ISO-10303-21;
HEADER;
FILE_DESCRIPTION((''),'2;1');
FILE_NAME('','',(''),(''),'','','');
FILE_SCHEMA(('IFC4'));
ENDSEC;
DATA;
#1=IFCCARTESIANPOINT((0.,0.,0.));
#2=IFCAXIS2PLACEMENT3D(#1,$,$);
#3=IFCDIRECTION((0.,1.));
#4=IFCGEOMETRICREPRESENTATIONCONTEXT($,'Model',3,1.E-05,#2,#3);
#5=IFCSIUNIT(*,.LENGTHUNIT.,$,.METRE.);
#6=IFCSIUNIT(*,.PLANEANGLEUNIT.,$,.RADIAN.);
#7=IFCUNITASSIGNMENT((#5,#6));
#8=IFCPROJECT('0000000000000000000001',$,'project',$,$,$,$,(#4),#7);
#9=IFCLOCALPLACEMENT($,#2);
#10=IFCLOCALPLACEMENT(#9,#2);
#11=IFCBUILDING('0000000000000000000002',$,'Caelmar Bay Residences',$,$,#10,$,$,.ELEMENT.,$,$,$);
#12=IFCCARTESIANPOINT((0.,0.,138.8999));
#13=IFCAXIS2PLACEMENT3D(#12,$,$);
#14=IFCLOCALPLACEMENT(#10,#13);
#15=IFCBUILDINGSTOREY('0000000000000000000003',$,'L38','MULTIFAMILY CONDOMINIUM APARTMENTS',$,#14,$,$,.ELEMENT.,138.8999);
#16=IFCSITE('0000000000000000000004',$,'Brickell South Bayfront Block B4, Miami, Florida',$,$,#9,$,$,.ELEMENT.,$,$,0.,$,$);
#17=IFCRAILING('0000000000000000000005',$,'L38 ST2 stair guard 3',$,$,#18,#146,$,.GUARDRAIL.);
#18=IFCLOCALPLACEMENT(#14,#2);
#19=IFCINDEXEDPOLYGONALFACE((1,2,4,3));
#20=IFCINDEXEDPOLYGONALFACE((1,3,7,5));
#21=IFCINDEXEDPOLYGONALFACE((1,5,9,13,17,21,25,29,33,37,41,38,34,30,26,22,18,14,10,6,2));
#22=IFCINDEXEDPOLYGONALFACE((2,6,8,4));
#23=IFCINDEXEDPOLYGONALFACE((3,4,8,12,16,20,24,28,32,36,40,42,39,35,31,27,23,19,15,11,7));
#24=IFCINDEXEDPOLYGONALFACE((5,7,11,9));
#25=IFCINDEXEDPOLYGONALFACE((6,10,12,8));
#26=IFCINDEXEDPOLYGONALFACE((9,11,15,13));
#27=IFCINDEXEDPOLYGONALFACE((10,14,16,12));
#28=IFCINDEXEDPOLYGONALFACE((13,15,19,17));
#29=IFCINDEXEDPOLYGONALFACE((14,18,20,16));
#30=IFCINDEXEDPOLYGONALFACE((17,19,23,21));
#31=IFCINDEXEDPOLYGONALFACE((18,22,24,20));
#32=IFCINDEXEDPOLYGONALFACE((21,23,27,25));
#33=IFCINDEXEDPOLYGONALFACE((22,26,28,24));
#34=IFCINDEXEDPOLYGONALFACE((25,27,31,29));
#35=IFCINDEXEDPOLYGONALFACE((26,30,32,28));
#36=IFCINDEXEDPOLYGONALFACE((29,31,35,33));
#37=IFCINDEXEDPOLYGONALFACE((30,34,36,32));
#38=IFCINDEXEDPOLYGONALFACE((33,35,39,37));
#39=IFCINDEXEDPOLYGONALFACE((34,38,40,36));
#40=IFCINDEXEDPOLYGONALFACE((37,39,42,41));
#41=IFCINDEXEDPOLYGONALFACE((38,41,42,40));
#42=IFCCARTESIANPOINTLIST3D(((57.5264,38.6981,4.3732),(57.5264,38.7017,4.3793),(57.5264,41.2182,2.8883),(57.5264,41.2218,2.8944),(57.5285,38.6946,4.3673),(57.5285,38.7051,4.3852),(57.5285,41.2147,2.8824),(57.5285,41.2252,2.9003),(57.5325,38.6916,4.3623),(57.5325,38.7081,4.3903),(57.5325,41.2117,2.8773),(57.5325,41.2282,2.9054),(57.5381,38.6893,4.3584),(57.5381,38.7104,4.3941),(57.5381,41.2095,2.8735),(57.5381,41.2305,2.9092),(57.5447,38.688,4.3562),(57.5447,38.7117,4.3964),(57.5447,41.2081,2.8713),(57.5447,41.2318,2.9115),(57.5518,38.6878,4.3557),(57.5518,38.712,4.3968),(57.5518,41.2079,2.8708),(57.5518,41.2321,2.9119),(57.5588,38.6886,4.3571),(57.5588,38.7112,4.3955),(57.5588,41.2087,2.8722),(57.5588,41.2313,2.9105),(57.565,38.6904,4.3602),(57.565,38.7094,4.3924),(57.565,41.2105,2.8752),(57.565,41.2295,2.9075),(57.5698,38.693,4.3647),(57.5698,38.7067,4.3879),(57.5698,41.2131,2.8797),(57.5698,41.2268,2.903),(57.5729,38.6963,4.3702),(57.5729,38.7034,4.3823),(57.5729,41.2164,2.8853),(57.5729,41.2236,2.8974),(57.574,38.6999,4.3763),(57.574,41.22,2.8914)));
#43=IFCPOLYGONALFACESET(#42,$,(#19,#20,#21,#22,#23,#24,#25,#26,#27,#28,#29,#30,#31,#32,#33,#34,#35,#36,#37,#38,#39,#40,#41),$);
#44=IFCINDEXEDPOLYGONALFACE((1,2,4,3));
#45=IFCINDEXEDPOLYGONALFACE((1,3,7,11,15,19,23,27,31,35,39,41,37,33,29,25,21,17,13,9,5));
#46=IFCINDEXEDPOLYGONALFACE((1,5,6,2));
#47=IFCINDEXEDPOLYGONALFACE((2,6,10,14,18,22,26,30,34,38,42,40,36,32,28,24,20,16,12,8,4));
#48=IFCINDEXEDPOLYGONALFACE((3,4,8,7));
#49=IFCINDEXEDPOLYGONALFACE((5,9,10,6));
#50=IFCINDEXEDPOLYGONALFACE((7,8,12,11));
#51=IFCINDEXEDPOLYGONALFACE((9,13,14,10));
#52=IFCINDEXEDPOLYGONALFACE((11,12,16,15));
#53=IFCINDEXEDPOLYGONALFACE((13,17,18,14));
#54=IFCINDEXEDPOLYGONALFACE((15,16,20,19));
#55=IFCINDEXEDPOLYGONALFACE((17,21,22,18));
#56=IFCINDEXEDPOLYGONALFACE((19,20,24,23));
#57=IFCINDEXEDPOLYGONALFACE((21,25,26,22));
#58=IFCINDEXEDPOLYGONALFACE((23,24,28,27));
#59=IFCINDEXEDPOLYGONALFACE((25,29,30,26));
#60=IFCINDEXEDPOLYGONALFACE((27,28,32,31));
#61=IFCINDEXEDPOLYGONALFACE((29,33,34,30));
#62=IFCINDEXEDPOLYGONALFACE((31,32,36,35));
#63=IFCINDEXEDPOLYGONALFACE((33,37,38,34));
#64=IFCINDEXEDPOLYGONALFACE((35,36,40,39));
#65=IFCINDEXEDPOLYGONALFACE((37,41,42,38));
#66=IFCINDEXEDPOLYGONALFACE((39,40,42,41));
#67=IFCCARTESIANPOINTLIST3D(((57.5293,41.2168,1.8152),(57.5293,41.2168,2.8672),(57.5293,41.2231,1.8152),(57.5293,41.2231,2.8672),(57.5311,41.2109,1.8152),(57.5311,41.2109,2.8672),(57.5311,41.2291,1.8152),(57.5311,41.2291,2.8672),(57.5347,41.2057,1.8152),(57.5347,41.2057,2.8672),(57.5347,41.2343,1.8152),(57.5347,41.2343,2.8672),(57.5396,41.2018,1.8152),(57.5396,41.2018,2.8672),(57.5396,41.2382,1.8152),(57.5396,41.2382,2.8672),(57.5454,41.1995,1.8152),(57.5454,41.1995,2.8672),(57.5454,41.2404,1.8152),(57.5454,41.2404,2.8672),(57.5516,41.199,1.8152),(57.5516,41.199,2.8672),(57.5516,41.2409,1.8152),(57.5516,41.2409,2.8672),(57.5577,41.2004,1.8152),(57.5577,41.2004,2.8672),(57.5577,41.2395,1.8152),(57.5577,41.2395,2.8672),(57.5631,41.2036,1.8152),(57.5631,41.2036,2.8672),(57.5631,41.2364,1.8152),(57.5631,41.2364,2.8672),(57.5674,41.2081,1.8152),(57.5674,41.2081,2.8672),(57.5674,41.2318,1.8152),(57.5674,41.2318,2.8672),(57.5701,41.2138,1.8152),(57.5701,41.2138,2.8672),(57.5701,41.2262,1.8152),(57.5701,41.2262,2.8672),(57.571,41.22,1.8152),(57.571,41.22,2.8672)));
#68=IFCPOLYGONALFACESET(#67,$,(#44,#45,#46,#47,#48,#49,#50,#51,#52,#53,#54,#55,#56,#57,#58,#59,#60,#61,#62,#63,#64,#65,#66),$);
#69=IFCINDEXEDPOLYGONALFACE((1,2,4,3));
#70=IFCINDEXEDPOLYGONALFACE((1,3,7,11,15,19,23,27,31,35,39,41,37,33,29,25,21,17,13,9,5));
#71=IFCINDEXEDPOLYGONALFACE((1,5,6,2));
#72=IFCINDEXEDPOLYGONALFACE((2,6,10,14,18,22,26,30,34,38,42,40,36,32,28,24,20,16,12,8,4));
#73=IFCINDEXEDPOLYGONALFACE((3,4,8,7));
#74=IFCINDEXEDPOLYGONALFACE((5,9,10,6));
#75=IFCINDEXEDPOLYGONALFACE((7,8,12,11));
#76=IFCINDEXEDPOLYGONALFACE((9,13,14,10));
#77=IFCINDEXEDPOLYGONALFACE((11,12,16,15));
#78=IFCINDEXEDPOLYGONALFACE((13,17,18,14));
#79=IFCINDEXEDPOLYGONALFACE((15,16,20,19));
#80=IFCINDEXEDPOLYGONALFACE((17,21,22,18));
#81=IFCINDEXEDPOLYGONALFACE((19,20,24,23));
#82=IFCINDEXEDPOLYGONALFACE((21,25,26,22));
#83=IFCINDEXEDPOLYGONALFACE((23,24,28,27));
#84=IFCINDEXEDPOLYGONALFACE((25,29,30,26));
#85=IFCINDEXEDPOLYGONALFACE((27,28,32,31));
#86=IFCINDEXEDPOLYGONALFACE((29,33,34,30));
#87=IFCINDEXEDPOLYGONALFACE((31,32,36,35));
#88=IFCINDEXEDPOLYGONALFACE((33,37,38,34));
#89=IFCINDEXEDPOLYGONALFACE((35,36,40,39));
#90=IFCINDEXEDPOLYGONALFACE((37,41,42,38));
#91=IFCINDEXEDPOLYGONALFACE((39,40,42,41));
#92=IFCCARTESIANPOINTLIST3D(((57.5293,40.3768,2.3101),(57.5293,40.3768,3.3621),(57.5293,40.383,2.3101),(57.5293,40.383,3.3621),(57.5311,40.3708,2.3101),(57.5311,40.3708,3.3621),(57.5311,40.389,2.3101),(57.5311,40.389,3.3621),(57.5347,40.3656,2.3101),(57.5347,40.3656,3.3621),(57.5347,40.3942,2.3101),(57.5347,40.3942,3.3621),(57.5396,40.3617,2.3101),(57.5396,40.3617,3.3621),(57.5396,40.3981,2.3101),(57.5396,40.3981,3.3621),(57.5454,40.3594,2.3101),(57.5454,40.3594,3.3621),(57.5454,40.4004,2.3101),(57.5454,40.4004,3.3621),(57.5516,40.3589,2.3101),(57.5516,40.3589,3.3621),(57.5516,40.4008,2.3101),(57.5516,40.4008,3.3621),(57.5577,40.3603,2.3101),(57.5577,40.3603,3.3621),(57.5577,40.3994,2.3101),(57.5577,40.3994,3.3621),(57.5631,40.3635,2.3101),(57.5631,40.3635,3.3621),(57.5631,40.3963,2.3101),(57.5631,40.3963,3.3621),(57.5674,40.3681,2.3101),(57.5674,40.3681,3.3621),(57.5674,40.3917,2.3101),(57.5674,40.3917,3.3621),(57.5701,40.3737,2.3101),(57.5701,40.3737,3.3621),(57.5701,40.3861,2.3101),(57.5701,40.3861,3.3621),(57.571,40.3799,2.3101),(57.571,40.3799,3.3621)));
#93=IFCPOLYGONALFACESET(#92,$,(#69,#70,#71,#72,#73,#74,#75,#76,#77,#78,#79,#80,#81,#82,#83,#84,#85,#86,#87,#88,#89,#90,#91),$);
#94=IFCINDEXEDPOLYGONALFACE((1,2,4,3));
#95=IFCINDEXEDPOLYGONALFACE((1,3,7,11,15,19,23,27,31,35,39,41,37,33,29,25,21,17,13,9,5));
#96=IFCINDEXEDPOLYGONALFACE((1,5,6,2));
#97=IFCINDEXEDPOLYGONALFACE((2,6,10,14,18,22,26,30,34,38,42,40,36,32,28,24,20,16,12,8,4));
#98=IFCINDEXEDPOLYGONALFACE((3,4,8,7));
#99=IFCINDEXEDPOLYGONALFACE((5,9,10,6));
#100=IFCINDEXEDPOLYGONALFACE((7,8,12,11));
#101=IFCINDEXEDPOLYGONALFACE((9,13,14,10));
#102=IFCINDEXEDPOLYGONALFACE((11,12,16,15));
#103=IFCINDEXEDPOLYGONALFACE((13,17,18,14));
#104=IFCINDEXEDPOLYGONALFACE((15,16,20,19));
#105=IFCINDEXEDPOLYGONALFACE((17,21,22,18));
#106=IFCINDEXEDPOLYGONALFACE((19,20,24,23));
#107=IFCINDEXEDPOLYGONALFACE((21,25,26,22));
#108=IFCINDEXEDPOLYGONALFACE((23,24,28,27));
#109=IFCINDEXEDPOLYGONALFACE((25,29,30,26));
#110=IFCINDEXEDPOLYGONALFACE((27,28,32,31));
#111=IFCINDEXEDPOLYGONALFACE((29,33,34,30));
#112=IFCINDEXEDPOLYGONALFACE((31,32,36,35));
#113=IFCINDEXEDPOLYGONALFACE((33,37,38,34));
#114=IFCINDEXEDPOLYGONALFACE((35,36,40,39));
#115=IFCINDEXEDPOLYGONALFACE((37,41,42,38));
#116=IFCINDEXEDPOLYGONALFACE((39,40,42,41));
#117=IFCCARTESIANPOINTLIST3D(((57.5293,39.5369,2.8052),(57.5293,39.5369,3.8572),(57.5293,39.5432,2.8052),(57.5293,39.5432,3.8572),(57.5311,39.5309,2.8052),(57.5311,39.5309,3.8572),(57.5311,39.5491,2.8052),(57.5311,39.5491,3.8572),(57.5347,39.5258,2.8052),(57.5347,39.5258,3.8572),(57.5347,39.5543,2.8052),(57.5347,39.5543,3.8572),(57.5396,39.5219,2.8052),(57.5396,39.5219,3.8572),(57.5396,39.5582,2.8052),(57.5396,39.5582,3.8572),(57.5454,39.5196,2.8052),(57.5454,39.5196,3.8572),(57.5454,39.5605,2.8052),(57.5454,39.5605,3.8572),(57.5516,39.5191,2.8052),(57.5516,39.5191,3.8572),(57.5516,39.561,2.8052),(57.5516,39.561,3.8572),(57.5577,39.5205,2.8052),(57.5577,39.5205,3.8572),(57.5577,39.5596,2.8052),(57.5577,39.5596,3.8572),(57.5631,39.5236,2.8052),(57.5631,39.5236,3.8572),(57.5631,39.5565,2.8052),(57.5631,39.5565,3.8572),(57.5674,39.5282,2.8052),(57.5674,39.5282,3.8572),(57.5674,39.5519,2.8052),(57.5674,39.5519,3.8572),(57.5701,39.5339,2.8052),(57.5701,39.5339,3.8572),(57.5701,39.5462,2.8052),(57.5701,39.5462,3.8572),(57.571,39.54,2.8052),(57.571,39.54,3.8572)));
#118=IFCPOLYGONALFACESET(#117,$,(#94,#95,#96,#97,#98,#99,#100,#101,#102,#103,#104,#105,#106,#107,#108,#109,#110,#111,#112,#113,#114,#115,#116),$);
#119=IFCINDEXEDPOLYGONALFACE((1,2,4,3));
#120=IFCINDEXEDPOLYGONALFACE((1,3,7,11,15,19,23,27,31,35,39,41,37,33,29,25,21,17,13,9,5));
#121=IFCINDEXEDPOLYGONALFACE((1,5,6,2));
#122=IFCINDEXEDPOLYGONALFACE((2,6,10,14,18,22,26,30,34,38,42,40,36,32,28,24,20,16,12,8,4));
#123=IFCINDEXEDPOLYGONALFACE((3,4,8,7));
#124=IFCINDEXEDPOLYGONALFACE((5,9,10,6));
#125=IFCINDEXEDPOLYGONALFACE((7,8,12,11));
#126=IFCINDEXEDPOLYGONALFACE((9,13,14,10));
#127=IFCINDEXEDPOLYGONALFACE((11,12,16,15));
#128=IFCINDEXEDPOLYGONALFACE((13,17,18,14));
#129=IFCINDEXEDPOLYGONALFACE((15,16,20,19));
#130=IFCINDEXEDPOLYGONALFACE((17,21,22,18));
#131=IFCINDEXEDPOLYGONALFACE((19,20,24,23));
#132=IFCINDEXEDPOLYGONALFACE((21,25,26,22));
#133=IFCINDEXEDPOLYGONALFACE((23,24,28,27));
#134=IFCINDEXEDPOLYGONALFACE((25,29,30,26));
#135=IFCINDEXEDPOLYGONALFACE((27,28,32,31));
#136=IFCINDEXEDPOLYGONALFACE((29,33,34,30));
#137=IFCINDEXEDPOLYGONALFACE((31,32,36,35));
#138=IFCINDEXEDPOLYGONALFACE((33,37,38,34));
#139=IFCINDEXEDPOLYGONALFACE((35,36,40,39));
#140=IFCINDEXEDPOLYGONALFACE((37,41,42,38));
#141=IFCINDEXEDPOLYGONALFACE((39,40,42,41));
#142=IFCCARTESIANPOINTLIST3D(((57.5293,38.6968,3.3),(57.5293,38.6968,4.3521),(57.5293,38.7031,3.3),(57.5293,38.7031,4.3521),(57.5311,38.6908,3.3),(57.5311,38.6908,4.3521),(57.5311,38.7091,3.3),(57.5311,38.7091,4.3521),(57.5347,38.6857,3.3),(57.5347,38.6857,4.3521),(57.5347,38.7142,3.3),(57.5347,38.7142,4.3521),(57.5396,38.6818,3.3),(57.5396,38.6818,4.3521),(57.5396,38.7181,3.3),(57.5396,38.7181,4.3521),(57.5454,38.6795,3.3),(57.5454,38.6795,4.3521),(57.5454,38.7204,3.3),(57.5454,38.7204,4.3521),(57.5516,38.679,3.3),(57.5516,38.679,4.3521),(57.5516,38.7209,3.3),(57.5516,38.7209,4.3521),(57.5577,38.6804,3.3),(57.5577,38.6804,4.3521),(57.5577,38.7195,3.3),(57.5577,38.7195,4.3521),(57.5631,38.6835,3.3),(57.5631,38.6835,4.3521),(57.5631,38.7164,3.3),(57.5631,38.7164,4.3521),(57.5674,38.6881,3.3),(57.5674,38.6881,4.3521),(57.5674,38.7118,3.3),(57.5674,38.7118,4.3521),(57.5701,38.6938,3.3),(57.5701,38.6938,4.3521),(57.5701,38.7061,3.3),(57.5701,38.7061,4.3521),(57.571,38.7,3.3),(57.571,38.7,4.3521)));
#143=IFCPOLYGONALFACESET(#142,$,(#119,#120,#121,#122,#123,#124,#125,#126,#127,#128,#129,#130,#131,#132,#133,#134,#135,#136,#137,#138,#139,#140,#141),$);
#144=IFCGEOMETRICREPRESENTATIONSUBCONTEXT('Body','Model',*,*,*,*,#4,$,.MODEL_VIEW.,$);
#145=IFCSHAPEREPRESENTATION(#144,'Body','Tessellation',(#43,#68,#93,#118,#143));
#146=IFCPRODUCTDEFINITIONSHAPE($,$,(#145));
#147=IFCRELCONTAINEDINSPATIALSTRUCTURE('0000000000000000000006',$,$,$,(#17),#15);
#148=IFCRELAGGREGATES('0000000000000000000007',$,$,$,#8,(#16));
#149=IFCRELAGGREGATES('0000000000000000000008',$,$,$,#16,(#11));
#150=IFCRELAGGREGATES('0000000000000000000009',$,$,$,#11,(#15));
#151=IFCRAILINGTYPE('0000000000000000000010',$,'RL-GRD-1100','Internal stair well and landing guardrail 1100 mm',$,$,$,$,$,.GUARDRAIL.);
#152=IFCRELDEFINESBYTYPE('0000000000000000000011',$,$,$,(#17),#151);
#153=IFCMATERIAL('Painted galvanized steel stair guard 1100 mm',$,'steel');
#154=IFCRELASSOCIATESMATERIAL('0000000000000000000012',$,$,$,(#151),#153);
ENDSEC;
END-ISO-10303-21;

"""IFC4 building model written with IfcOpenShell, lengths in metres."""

from ifc_helpers import new_model, si_unit, direction, frame, origin, origin_2d, place, context, subcontext, project, spatial, circle, extrude, material, type_object, element, save


model = new_model("IFC4")

# Units and contexts
model_context = context("Model", 3, precision=1e-05, world=origin(), true_north=direction((0.0, 1.0)))
body_context = subcontext(model_context, "Body", "Model", "MODEL_VIEW")
ifc_project = project(units=[si_unit("LENGTHUNIT", "METRE"), si_unit("PLANEANGLEUNIT", "RADIAN")], contexts=[model_context])

# Site, building, storey
site_placement = place(None, origin())
site = spatial("IfcSite", under=ifc_project, at=site_placement, Name="Brickell South Bayfront Block B4, Miami, Florida", CompositionType="ELEMENT", RefElevation=0.0)
building_placement = place(site_placement, origin())
building = spatial("IfcBuilding", under=site, at=building_placement, Name="Caelmar Bay Residences", CompositionType="ELEMENT")
storey_placement = place(building_placement, frame((0.0, 0.0, 138.8999)))
storey = spatial("IfcBuildingStorey", under=building, at=storey_placement, Name="L38", Description="MULTIFAMILY CONDOMINIUM APARTMENTS", CompositionType="ELEMENT", Elevation=138.8999)

# Railing
ifc_material_1 = material(Name="Painted galvanized steel stair guard 1100 mm", Category="steel")
railing_type = type_object("IfcRailingType", Name="RL-GRD-1100", Description="Internal stair well and landing guardrail 1100 mm", PredefinedType="GUARDRAIL", material=ifc_material_1)
railing_1_placement = place(storey_placement, frame((57.55, 41.22, 1.8152)))
element("IfcRailing", 1, at=railing_1_placement, inside=storey, type_object=railing_type, Name="L38 ST2 stair guard 3", PredefinedType="GUARDRAIL", context=body_context, shape_type="SweptSolid", body=[
    extrude(circle(Radius=0.0239, at=origin_2d()), frame((0.0, 0.0, 1.0762), z_axis=(0.0, -0.861561, 0.507655), x_axis=(1.0, 0.0, 0.0)), (0.0, 0.0, 1.0), 2.925),
    extrude(circle(Radius=0.021, at=origin_2d()), origin(), (0.0, 0.0, 1.0), 1.052),
    extrude(circle(Radius=0.021, at=origin_2d()), frame((0.0, -0.8401, 0.4949)), (0.0, 0.0, 1.0), 1.052),
    extrude(circle(Radius=0.021, at=origin_2d()), frame((0.0, -1.6799, 0.99)), (0.0, 0.0, 1.0), 1.052),
    extrude(circle(Radius=0.021, at=origin_2d()), frame((0.0, -2.52, 1.4849)), (0.0, 0.0, 1.0), 1.052),
])

save(model, "model.ifc")
